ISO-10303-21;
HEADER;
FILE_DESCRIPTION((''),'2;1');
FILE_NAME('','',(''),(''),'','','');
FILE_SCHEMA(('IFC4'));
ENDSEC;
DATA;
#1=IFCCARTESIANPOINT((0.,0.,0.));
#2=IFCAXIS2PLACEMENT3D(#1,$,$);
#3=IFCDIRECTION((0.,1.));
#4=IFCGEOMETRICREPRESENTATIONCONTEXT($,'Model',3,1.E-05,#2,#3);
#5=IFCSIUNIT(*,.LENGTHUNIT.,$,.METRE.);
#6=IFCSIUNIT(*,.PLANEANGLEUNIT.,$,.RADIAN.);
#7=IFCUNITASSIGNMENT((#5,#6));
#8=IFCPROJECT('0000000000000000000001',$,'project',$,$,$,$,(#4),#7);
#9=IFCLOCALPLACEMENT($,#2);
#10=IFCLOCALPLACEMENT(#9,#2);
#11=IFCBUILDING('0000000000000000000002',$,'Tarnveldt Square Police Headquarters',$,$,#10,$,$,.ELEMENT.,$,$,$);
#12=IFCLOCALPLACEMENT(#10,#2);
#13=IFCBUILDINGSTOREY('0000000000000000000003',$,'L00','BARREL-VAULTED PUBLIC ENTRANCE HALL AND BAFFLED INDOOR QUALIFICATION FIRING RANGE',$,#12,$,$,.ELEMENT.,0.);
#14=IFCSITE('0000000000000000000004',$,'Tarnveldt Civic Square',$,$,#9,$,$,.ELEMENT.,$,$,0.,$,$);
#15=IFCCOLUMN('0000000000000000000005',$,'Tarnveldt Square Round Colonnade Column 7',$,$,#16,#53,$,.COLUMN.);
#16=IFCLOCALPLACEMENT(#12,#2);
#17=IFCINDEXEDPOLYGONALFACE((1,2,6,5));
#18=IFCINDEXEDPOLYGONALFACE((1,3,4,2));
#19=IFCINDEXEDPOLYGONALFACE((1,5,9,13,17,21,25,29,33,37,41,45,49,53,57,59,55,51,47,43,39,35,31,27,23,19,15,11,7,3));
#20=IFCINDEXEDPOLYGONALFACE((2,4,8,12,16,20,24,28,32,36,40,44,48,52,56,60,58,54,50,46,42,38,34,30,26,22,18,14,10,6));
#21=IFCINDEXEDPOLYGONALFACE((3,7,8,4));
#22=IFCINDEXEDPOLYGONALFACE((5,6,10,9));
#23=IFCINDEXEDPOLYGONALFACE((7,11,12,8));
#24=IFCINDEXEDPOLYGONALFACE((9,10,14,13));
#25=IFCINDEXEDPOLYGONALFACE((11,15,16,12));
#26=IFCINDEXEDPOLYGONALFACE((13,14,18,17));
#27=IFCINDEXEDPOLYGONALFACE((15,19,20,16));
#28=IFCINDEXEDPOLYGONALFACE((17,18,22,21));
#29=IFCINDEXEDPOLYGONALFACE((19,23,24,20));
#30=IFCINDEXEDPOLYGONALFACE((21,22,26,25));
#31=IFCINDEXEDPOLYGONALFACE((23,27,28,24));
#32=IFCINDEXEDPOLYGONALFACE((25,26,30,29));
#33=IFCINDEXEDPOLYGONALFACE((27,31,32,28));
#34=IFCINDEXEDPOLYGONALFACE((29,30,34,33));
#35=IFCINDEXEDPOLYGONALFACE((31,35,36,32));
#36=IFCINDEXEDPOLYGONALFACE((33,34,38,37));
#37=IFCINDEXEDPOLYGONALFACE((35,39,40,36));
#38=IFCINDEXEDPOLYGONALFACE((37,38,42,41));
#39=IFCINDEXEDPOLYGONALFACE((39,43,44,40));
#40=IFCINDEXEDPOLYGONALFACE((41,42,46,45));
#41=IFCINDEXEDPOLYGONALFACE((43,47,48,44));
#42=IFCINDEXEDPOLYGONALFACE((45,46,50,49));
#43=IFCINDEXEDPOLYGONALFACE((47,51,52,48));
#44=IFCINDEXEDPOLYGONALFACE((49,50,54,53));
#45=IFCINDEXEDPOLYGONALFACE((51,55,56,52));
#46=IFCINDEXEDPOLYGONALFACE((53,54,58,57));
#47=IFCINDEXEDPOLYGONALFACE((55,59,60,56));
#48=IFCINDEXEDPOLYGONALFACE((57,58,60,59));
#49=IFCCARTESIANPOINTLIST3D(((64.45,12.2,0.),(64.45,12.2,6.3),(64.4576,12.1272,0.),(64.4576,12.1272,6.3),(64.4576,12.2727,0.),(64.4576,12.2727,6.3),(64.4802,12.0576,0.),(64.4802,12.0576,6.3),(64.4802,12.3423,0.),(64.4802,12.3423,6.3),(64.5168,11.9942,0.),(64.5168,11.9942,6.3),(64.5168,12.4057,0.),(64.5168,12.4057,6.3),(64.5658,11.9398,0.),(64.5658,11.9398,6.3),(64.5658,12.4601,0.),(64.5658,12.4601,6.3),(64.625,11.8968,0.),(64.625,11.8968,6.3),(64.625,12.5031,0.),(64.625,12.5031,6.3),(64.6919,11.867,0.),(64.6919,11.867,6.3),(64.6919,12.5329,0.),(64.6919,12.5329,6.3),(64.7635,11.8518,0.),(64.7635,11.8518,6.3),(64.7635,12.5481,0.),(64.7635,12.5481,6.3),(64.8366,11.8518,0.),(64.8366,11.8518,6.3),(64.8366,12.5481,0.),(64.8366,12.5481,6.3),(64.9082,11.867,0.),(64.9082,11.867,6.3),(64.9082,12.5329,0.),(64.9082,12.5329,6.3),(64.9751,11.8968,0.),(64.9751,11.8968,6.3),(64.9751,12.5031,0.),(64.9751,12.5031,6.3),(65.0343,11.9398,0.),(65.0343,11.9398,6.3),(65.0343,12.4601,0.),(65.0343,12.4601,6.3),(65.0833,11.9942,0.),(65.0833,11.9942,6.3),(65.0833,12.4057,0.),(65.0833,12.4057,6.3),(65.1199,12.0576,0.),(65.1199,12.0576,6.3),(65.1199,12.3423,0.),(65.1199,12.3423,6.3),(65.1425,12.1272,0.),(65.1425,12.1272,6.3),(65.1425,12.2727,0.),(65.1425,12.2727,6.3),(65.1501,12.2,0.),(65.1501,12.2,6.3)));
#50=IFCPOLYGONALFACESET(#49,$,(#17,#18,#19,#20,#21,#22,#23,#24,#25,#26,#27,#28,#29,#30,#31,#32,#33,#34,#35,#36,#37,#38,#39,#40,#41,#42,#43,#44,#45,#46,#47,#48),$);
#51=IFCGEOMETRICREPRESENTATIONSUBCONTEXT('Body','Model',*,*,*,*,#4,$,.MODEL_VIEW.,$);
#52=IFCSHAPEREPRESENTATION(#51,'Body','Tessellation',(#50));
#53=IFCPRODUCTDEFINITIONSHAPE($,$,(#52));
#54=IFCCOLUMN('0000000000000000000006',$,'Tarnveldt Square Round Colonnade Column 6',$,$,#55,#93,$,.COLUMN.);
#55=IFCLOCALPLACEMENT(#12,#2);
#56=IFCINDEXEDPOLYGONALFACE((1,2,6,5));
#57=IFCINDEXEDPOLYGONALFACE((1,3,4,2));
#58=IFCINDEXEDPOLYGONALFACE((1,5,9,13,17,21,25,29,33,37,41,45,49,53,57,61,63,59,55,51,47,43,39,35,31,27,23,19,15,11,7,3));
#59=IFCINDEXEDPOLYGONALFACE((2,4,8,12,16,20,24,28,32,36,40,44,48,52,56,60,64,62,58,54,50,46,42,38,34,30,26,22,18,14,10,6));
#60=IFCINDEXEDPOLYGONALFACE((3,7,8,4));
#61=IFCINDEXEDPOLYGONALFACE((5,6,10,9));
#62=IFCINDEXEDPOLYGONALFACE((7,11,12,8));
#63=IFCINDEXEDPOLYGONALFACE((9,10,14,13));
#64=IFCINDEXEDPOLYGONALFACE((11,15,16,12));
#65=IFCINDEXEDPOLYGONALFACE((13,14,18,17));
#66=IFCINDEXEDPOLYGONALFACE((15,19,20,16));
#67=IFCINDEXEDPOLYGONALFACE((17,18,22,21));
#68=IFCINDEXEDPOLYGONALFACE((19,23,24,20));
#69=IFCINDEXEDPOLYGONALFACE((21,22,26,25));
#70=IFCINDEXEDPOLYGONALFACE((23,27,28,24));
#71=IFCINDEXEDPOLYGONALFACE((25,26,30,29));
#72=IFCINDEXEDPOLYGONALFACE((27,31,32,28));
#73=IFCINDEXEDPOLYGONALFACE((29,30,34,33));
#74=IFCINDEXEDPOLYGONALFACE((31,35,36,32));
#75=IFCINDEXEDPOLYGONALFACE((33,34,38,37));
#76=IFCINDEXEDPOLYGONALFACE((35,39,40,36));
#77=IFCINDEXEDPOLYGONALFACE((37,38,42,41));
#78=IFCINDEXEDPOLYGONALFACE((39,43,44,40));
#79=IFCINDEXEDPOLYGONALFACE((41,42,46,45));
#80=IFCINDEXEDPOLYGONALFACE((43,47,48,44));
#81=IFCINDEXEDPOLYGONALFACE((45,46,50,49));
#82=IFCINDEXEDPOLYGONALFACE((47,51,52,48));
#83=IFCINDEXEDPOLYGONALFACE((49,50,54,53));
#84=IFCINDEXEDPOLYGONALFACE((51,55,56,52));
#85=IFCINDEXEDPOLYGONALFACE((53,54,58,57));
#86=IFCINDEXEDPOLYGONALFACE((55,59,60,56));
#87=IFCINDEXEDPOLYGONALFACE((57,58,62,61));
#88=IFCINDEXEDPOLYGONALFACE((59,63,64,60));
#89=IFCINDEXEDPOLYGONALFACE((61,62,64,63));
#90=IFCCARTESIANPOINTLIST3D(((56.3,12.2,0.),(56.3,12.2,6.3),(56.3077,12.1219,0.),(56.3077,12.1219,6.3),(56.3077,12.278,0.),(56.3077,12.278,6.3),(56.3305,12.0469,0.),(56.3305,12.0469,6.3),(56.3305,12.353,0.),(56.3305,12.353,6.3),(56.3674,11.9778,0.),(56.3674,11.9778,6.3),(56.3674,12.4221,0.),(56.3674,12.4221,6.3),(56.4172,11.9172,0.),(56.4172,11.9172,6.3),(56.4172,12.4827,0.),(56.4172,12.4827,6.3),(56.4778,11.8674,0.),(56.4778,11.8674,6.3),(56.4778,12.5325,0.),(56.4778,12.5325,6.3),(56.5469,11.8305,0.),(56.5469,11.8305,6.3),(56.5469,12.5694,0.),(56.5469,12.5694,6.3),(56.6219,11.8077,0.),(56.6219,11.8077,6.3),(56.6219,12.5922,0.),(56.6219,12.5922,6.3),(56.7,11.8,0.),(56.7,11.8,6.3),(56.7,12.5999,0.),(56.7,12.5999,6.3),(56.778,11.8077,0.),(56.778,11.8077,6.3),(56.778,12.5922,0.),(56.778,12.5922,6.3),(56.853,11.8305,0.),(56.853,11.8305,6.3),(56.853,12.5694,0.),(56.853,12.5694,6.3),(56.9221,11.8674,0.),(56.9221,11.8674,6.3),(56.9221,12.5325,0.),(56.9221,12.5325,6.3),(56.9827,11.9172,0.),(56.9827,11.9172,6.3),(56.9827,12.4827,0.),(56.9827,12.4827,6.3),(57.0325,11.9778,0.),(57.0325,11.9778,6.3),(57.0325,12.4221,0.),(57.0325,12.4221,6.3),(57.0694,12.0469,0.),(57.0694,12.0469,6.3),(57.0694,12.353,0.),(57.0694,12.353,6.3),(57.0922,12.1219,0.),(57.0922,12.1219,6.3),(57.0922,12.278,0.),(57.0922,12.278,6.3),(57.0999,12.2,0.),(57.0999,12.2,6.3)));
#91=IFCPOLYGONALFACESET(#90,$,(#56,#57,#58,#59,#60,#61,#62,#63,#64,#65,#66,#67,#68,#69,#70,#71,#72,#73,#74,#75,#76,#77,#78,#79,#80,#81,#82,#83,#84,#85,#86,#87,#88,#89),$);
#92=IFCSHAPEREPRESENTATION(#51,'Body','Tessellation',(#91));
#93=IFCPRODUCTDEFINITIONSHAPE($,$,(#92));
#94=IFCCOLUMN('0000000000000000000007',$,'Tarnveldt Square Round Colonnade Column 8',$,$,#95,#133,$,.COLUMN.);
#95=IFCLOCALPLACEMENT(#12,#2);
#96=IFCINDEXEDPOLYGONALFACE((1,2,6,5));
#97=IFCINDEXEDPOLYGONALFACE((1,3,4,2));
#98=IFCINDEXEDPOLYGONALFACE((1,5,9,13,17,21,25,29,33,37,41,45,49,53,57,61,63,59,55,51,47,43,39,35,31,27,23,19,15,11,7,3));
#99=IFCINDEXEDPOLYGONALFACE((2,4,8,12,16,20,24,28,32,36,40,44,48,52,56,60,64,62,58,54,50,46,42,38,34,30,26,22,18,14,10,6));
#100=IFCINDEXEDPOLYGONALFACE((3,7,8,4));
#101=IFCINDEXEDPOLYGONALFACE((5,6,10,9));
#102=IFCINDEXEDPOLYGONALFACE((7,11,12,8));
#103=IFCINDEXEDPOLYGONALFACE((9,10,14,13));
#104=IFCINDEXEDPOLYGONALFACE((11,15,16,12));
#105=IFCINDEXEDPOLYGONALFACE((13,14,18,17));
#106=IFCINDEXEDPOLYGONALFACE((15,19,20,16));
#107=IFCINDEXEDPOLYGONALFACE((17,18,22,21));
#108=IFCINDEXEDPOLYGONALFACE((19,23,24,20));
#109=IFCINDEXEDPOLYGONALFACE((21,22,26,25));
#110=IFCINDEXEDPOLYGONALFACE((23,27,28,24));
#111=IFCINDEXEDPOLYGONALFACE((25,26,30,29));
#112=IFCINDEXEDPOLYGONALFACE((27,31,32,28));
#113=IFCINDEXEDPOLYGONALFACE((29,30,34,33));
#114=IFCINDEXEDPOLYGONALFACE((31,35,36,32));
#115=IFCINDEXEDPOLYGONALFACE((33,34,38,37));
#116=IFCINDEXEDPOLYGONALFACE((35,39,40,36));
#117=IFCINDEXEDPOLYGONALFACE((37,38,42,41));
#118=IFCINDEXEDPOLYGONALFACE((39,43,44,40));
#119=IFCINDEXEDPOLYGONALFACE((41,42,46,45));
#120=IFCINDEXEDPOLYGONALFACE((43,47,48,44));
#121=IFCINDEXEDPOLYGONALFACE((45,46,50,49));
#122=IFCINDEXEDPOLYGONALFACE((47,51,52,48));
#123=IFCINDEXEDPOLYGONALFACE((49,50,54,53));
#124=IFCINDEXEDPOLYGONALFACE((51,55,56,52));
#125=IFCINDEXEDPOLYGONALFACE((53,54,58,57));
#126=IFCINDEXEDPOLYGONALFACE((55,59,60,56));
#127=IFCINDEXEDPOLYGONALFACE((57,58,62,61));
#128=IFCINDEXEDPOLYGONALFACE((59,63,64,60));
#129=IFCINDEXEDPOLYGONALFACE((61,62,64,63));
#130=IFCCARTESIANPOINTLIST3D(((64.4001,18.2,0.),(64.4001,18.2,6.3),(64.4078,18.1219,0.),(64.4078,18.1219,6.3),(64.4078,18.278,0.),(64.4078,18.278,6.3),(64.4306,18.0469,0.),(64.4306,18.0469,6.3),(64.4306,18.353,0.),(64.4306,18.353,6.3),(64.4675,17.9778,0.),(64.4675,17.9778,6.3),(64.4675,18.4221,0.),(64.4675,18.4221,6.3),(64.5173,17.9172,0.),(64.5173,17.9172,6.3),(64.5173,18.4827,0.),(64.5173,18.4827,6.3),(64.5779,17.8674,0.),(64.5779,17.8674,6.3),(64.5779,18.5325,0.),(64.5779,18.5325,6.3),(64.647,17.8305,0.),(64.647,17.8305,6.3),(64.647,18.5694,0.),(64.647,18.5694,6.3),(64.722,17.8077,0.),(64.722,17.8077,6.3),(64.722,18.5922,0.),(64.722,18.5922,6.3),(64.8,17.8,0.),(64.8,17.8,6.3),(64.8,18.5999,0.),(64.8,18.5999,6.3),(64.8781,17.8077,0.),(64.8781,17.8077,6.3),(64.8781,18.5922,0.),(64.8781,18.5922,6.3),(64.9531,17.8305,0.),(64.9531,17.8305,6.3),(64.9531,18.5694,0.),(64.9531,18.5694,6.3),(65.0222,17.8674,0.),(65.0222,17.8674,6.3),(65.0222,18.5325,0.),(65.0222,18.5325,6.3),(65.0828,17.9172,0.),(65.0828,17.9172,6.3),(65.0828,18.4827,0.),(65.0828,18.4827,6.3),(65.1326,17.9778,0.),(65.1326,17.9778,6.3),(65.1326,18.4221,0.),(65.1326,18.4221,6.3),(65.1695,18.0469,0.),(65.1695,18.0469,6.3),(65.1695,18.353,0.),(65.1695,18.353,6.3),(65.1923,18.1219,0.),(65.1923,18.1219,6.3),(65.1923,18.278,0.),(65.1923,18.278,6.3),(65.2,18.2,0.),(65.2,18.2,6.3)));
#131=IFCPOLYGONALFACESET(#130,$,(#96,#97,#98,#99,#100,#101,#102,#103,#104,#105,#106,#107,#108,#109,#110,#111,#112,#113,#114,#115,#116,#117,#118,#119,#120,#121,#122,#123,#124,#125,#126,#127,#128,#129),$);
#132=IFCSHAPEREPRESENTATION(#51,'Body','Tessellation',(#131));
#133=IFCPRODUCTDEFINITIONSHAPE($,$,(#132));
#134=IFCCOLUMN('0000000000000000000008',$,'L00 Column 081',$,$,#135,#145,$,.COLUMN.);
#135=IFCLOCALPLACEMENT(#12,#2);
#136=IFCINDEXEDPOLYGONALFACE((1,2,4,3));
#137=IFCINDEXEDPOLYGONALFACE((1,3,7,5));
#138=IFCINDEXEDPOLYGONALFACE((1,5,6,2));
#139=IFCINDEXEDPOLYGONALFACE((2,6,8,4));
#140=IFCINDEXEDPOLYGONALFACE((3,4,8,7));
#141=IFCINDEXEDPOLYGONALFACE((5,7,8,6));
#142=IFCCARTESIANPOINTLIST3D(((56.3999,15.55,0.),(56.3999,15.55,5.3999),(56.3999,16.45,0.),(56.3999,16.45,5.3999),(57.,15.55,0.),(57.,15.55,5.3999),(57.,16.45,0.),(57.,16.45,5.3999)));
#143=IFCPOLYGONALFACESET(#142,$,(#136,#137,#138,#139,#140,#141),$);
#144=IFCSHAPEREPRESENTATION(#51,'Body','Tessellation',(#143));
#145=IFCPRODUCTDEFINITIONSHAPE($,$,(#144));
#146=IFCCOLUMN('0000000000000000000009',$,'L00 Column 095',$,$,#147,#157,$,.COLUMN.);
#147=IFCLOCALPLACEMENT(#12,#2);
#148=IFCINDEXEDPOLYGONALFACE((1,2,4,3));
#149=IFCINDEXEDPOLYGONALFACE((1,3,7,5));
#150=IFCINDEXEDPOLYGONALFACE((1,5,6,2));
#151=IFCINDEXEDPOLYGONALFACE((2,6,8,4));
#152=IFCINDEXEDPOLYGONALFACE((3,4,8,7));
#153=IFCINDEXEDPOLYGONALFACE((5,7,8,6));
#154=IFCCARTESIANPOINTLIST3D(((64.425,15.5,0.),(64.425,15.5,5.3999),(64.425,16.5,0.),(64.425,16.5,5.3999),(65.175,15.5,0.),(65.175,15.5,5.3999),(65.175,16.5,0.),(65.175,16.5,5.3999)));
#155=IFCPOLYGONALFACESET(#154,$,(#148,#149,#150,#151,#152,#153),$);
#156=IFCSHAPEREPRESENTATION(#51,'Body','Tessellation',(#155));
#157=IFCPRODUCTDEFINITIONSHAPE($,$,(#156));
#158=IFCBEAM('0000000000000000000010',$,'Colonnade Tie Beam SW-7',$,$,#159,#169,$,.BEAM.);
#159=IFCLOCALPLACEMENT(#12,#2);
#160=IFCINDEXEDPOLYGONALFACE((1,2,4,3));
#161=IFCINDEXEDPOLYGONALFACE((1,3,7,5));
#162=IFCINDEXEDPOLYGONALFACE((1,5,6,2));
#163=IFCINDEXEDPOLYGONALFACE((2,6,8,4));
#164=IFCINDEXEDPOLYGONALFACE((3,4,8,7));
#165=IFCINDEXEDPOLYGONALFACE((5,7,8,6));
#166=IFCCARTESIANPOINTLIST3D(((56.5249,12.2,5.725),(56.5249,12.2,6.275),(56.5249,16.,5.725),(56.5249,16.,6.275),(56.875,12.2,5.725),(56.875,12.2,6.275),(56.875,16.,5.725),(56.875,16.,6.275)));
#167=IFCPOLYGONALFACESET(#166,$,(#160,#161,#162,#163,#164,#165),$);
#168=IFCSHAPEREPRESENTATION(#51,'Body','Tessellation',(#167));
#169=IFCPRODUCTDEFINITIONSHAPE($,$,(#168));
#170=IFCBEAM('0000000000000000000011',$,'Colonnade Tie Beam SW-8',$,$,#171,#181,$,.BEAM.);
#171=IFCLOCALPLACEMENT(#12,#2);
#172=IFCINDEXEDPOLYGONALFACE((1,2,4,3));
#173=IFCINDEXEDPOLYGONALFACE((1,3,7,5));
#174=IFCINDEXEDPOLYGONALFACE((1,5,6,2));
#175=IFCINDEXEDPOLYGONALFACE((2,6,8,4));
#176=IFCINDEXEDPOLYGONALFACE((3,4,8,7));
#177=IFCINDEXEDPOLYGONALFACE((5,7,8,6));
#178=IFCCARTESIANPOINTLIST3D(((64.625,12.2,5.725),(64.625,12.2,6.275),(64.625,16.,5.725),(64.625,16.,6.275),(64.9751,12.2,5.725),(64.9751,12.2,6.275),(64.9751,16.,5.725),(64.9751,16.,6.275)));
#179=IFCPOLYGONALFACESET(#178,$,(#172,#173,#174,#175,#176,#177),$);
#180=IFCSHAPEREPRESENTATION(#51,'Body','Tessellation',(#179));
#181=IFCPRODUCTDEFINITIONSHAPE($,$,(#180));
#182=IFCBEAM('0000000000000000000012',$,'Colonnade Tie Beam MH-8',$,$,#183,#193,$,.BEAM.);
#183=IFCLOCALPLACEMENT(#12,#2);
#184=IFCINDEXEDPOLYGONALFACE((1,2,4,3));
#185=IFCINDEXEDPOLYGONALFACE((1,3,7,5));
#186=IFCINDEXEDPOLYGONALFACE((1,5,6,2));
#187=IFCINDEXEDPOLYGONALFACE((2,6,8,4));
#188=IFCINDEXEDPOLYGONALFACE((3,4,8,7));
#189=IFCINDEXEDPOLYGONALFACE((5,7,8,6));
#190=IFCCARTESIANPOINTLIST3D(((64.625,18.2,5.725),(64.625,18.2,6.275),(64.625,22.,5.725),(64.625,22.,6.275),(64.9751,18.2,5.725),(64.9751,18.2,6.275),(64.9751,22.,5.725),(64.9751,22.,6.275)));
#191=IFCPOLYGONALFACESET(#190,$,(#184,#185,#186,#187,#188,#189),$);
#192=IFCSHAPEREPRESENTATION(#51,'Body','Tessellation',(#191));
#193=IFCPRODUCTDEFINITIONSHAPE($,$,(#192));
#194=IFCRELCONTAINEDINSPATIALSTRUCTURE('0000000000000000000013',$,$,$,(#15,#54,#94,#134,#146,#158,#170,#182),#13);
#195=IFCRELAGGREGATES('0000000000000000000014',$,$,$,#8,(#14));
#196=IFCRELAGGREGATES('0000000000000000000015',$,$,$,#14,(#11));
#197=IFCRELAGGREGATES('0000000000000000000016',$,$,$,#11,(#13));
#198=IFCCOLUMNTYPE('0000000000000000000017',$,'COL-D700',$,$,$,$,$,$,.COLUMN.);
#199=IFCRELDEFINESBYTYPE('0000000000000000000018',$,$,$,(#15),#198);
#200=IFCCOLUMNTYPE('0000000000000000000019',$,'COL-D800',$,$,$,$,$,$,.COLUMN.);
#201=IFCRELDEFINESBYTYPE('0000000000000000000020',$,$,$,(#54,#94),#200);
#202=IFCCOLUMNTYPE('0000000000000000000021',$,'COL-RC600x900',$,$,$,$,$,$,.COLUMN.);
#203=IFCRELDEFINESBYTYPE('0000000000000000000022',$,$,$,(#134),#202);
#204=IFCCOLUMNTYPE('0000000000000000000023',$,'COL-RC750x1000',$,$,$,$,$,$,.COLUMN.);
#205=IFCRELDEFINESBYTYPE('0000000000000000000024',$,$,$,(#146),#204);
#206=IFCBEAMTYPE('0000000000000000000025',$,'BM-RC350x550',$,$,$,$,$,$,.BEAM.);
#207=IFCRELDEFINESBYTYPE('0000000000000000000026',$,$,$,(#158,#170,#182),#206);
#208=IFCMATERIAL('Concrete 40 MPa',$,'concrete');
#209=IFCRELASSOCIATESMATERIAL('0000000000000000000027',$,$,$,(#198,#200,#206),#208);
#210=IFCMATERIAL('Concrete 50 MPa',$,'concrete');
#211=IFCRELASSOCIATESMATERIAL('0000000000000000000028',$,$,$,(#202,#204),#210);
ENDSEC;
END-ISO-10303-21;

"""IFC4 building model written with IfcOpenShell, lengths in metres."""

from ifc_helpers import new_model, si_unit, direction, frame, origin, origin_2d, place, context, subcontext, project, spatial, rectangle, circle, extrude, material, material_profile, profile_set, type_object, element, save


model = new_model("IFC4")

# Units and contexts
model_context = context("Model", 3, precision=1e-05, world=origin(), true_north=direction((0.0, 1.0)))
body_context = subcontext(model_context, "Body", "Model", "MODEL_VIEW")
ifc_project = project(units=[si_unit("LENGTHUNIT", "METRE"), si_unit("PLANEANGLEUNIT", "RADIAN")], contexts=[model_context])

# Site, building, storey
site_placement = place(None, origin())
site = spatial("IfcSite", under=ifc_project, at=site_placement, Name="Tarnveldt Civic Square", CompositionType="ELEMENT", RefElevation=0.0)
building_placement = place(site_placement, origin())
building = spatial("IfcBuilding", under=site, at=building_placement, Name="Tarnveldt Square Police Headquarters", CompositionType="ELEMENT")
storey_placement = place(building_placement, origin())
storey = spatial("IfcBuildingStorey", under=building, at=storey_placement, Name="L00", Description="BARREL-VAULTED PUBLIC ENTRANCE HALL AND BAFFLED INDOOR QUALIFICATION FIRING RANGE", CompositionType="ELEMENT", Elevation=0.0)

# Columns
ifc_material_1 = material(Name="Concrete 40 MPa", Category="concrete")
ifc_material_profile_1 = material_profile(ifc_material_1, circle(Radius=0.3501, at=origin_2d()), Name="RC-D700")
ifc_profile_set_1 = profile_set([ifc_material_profile_1], Name="Concrete 40 MPa")
column_type_1 = type_object("IfcColumnType", Name="COL-D700", PredefinedType="COLUMN", material=ifc_profile_set_1)
column_1_placement = place(storey_placement, frame((64.8, 12.2, 0.0), z_axis=(0.0, 0.0, 1.0), x_axis=(1.0, 0.0, 0.0)))
element("IfcColumn", 1, at=column_1_placement, inside=storey, type_object=column_type_1, Name="Tarnveldt Square Round Colonnade Column 7", PredefinedType="COLUMN", context=body_context, shape_type="SweptSolid", body=[
    extrude(circle(Radius=0.3501, at=origin_2d()), origin(), (0.0, 0.0, 1.0), 6.3),
])
ifc_material_profile_2 = material_profile(ifc_material_1, circle(Radius=0.3999, at=origin_2d()), Name="RC-D800")
ifc_profile_set_2 = profile_set([ifc_material_profile_2], Name="Concrete 40 MPa")
column_type_2 = type_object("IfcColumnType", Name="COL-D800", PredefinedType="COLUMN", material=ifc_profile_set_2)
for number, where, z_axis, x_axis, name in (
    (2, (56.7, 12.2, 0.0), (0.0, 0.0, 1.0), (1.0, 0.0, 0.0), "Tarnveldt Square Round Colonnade Column 6"),
    (3, (64.8, 18.2, 0.0), (0.0, 0.0, 1.0), (1.0, 0.0, 0.0), "Tarnveldt Square Round Colonnade Column 8"),
):
    element("IfcColumn", number, at=place(storey_placement, frame(where, z_axis=z_axis, x_axis=x_axis)), inside=storey, type_object=column_type_2, Name=name, PredefinedType="COLUMN", context=body_context, shape_type="SweptSolid", body=[
        extrude(circle(Radius=0.3999, at=origin_2d()), origin(), (0.0, 0.0, 1.0), 6.3),
    ])
ifc_material_2 = material(Name="Concrete 50 MPa", Category="concrete")
ifc_material_profile_3 = material_profile(ifc_material_2, rectangle(XDim=0.6001, YDim=0.8999, at=origin_2d()), Name="RC-C600x900")
ifc_profile_set_3 = profile_set([ifc_material_profile_3], Name="Concrete 50 MPa")
column_type_3 = type_object("IfcColumnType", Name="COL-RC600x900", PredefinedType="COLUMN", material=ifc_profile_set_3)
column_2_placement = place(storey_placement, frame((56.7, 16.0, 0.0), z_axis=(0.0, 0.0, 1.0), x_axis=(1.0, 0.0, 0.0)))
element("IfcColumn", 4, at=column_2_placement, inside=storey, type_object=column_type_3, Name="L00 Column 081", PredefinedType="COLUMN", context=body_context, shape_type="SweptSolid", body=[
    extrude(rectangle(XDim=0.6001, YDim=0.8999, at=origin_2d()), origin(), (0.0, 0.0, 1.0), 5.3999),
])
ifc_material_profile_4 = material_profile(ifc_material_2, rectangle(XDim=0.75, YDim=1.0, at=origin_2d()), Name="RC-C750x1000")
ifc_profile_set_4 = profile_set([ifc_material_profile_4], Name="Concrete 50 MPa")
column_type_4 = type_object("IfcColumnType", Name="COL-RC750x1000", PredefinedType="COLUMN", material=ifc_profile_set_4)
column_3_placement = place(storey_placement, frame((64.8, 16.0, 0.0), z_axis=(0.0, 0.0, 1.0), x_axis=(1.0, 0.0, 0.0)))
element("IfcColumn", 5, at=column_3_placement, inside=storey, type_object=column_type_4, Name="L00 Column 095", PredefinedType="COLUMN", context=body_context, shape_type="SweptSolid", body=[
    extrude(rectangle(XDim=0.75, YDim=1.0, at=origin_2d()), origin(), (0.0, 0.0, 1.0), 5.3999),
])

# Beams
ifc_material_profile_5 = material_profile(ifc_material_1, rectangle(XDim=0.3501, YDim=0.55, at=origin_2d()), Name="RC-B350x550")
ifc_profile_set_5 = profile_set([ifc_material_profile_5], Name="Concrete 40 MPa")
beam_type_1 = type_object("IfcBeamType", Name="BM-RC350x550", PredefinedType="BEAM", material=ifc_profile_set_5)
for number, where, z_axis, x_axis, name in (
    (6, (56.7, 12.2, 6.0), (0.0, 1.0, 0.0), (-1.0, 0.0, 0.0), "Colonnade Tie Beam SW-7"),
    (7, (64.8, 12.2, 6.0), (0.0, 1.0, 0.0), (-1.0, 0.0, 0.0), "Colonnade Tie Beam SW-8"),
    (8, (64.8, 18.2, 6.0), (0.0, 1.0, 0.0), (-1.0, 0.0, 0.0), "Colonnade Tie Beam MH-8"),
):
    element("IfcBeam", number, at=place(storey_placement, frame(where, z_axis=z_axis, x_axis=x_axis)), inside=storey, type_object=beam_type_1, Name=name, PredefinedType="BEAM", context=body_context, shape_type="SweptSolid", body=[
        extrude(rectangle(XDim=0.3501, YDim=0.55, at=origin_2d()), origin(), (0.0, 0.0, 1.0), 3.8),
    ])

save(model, "model.ifc")
